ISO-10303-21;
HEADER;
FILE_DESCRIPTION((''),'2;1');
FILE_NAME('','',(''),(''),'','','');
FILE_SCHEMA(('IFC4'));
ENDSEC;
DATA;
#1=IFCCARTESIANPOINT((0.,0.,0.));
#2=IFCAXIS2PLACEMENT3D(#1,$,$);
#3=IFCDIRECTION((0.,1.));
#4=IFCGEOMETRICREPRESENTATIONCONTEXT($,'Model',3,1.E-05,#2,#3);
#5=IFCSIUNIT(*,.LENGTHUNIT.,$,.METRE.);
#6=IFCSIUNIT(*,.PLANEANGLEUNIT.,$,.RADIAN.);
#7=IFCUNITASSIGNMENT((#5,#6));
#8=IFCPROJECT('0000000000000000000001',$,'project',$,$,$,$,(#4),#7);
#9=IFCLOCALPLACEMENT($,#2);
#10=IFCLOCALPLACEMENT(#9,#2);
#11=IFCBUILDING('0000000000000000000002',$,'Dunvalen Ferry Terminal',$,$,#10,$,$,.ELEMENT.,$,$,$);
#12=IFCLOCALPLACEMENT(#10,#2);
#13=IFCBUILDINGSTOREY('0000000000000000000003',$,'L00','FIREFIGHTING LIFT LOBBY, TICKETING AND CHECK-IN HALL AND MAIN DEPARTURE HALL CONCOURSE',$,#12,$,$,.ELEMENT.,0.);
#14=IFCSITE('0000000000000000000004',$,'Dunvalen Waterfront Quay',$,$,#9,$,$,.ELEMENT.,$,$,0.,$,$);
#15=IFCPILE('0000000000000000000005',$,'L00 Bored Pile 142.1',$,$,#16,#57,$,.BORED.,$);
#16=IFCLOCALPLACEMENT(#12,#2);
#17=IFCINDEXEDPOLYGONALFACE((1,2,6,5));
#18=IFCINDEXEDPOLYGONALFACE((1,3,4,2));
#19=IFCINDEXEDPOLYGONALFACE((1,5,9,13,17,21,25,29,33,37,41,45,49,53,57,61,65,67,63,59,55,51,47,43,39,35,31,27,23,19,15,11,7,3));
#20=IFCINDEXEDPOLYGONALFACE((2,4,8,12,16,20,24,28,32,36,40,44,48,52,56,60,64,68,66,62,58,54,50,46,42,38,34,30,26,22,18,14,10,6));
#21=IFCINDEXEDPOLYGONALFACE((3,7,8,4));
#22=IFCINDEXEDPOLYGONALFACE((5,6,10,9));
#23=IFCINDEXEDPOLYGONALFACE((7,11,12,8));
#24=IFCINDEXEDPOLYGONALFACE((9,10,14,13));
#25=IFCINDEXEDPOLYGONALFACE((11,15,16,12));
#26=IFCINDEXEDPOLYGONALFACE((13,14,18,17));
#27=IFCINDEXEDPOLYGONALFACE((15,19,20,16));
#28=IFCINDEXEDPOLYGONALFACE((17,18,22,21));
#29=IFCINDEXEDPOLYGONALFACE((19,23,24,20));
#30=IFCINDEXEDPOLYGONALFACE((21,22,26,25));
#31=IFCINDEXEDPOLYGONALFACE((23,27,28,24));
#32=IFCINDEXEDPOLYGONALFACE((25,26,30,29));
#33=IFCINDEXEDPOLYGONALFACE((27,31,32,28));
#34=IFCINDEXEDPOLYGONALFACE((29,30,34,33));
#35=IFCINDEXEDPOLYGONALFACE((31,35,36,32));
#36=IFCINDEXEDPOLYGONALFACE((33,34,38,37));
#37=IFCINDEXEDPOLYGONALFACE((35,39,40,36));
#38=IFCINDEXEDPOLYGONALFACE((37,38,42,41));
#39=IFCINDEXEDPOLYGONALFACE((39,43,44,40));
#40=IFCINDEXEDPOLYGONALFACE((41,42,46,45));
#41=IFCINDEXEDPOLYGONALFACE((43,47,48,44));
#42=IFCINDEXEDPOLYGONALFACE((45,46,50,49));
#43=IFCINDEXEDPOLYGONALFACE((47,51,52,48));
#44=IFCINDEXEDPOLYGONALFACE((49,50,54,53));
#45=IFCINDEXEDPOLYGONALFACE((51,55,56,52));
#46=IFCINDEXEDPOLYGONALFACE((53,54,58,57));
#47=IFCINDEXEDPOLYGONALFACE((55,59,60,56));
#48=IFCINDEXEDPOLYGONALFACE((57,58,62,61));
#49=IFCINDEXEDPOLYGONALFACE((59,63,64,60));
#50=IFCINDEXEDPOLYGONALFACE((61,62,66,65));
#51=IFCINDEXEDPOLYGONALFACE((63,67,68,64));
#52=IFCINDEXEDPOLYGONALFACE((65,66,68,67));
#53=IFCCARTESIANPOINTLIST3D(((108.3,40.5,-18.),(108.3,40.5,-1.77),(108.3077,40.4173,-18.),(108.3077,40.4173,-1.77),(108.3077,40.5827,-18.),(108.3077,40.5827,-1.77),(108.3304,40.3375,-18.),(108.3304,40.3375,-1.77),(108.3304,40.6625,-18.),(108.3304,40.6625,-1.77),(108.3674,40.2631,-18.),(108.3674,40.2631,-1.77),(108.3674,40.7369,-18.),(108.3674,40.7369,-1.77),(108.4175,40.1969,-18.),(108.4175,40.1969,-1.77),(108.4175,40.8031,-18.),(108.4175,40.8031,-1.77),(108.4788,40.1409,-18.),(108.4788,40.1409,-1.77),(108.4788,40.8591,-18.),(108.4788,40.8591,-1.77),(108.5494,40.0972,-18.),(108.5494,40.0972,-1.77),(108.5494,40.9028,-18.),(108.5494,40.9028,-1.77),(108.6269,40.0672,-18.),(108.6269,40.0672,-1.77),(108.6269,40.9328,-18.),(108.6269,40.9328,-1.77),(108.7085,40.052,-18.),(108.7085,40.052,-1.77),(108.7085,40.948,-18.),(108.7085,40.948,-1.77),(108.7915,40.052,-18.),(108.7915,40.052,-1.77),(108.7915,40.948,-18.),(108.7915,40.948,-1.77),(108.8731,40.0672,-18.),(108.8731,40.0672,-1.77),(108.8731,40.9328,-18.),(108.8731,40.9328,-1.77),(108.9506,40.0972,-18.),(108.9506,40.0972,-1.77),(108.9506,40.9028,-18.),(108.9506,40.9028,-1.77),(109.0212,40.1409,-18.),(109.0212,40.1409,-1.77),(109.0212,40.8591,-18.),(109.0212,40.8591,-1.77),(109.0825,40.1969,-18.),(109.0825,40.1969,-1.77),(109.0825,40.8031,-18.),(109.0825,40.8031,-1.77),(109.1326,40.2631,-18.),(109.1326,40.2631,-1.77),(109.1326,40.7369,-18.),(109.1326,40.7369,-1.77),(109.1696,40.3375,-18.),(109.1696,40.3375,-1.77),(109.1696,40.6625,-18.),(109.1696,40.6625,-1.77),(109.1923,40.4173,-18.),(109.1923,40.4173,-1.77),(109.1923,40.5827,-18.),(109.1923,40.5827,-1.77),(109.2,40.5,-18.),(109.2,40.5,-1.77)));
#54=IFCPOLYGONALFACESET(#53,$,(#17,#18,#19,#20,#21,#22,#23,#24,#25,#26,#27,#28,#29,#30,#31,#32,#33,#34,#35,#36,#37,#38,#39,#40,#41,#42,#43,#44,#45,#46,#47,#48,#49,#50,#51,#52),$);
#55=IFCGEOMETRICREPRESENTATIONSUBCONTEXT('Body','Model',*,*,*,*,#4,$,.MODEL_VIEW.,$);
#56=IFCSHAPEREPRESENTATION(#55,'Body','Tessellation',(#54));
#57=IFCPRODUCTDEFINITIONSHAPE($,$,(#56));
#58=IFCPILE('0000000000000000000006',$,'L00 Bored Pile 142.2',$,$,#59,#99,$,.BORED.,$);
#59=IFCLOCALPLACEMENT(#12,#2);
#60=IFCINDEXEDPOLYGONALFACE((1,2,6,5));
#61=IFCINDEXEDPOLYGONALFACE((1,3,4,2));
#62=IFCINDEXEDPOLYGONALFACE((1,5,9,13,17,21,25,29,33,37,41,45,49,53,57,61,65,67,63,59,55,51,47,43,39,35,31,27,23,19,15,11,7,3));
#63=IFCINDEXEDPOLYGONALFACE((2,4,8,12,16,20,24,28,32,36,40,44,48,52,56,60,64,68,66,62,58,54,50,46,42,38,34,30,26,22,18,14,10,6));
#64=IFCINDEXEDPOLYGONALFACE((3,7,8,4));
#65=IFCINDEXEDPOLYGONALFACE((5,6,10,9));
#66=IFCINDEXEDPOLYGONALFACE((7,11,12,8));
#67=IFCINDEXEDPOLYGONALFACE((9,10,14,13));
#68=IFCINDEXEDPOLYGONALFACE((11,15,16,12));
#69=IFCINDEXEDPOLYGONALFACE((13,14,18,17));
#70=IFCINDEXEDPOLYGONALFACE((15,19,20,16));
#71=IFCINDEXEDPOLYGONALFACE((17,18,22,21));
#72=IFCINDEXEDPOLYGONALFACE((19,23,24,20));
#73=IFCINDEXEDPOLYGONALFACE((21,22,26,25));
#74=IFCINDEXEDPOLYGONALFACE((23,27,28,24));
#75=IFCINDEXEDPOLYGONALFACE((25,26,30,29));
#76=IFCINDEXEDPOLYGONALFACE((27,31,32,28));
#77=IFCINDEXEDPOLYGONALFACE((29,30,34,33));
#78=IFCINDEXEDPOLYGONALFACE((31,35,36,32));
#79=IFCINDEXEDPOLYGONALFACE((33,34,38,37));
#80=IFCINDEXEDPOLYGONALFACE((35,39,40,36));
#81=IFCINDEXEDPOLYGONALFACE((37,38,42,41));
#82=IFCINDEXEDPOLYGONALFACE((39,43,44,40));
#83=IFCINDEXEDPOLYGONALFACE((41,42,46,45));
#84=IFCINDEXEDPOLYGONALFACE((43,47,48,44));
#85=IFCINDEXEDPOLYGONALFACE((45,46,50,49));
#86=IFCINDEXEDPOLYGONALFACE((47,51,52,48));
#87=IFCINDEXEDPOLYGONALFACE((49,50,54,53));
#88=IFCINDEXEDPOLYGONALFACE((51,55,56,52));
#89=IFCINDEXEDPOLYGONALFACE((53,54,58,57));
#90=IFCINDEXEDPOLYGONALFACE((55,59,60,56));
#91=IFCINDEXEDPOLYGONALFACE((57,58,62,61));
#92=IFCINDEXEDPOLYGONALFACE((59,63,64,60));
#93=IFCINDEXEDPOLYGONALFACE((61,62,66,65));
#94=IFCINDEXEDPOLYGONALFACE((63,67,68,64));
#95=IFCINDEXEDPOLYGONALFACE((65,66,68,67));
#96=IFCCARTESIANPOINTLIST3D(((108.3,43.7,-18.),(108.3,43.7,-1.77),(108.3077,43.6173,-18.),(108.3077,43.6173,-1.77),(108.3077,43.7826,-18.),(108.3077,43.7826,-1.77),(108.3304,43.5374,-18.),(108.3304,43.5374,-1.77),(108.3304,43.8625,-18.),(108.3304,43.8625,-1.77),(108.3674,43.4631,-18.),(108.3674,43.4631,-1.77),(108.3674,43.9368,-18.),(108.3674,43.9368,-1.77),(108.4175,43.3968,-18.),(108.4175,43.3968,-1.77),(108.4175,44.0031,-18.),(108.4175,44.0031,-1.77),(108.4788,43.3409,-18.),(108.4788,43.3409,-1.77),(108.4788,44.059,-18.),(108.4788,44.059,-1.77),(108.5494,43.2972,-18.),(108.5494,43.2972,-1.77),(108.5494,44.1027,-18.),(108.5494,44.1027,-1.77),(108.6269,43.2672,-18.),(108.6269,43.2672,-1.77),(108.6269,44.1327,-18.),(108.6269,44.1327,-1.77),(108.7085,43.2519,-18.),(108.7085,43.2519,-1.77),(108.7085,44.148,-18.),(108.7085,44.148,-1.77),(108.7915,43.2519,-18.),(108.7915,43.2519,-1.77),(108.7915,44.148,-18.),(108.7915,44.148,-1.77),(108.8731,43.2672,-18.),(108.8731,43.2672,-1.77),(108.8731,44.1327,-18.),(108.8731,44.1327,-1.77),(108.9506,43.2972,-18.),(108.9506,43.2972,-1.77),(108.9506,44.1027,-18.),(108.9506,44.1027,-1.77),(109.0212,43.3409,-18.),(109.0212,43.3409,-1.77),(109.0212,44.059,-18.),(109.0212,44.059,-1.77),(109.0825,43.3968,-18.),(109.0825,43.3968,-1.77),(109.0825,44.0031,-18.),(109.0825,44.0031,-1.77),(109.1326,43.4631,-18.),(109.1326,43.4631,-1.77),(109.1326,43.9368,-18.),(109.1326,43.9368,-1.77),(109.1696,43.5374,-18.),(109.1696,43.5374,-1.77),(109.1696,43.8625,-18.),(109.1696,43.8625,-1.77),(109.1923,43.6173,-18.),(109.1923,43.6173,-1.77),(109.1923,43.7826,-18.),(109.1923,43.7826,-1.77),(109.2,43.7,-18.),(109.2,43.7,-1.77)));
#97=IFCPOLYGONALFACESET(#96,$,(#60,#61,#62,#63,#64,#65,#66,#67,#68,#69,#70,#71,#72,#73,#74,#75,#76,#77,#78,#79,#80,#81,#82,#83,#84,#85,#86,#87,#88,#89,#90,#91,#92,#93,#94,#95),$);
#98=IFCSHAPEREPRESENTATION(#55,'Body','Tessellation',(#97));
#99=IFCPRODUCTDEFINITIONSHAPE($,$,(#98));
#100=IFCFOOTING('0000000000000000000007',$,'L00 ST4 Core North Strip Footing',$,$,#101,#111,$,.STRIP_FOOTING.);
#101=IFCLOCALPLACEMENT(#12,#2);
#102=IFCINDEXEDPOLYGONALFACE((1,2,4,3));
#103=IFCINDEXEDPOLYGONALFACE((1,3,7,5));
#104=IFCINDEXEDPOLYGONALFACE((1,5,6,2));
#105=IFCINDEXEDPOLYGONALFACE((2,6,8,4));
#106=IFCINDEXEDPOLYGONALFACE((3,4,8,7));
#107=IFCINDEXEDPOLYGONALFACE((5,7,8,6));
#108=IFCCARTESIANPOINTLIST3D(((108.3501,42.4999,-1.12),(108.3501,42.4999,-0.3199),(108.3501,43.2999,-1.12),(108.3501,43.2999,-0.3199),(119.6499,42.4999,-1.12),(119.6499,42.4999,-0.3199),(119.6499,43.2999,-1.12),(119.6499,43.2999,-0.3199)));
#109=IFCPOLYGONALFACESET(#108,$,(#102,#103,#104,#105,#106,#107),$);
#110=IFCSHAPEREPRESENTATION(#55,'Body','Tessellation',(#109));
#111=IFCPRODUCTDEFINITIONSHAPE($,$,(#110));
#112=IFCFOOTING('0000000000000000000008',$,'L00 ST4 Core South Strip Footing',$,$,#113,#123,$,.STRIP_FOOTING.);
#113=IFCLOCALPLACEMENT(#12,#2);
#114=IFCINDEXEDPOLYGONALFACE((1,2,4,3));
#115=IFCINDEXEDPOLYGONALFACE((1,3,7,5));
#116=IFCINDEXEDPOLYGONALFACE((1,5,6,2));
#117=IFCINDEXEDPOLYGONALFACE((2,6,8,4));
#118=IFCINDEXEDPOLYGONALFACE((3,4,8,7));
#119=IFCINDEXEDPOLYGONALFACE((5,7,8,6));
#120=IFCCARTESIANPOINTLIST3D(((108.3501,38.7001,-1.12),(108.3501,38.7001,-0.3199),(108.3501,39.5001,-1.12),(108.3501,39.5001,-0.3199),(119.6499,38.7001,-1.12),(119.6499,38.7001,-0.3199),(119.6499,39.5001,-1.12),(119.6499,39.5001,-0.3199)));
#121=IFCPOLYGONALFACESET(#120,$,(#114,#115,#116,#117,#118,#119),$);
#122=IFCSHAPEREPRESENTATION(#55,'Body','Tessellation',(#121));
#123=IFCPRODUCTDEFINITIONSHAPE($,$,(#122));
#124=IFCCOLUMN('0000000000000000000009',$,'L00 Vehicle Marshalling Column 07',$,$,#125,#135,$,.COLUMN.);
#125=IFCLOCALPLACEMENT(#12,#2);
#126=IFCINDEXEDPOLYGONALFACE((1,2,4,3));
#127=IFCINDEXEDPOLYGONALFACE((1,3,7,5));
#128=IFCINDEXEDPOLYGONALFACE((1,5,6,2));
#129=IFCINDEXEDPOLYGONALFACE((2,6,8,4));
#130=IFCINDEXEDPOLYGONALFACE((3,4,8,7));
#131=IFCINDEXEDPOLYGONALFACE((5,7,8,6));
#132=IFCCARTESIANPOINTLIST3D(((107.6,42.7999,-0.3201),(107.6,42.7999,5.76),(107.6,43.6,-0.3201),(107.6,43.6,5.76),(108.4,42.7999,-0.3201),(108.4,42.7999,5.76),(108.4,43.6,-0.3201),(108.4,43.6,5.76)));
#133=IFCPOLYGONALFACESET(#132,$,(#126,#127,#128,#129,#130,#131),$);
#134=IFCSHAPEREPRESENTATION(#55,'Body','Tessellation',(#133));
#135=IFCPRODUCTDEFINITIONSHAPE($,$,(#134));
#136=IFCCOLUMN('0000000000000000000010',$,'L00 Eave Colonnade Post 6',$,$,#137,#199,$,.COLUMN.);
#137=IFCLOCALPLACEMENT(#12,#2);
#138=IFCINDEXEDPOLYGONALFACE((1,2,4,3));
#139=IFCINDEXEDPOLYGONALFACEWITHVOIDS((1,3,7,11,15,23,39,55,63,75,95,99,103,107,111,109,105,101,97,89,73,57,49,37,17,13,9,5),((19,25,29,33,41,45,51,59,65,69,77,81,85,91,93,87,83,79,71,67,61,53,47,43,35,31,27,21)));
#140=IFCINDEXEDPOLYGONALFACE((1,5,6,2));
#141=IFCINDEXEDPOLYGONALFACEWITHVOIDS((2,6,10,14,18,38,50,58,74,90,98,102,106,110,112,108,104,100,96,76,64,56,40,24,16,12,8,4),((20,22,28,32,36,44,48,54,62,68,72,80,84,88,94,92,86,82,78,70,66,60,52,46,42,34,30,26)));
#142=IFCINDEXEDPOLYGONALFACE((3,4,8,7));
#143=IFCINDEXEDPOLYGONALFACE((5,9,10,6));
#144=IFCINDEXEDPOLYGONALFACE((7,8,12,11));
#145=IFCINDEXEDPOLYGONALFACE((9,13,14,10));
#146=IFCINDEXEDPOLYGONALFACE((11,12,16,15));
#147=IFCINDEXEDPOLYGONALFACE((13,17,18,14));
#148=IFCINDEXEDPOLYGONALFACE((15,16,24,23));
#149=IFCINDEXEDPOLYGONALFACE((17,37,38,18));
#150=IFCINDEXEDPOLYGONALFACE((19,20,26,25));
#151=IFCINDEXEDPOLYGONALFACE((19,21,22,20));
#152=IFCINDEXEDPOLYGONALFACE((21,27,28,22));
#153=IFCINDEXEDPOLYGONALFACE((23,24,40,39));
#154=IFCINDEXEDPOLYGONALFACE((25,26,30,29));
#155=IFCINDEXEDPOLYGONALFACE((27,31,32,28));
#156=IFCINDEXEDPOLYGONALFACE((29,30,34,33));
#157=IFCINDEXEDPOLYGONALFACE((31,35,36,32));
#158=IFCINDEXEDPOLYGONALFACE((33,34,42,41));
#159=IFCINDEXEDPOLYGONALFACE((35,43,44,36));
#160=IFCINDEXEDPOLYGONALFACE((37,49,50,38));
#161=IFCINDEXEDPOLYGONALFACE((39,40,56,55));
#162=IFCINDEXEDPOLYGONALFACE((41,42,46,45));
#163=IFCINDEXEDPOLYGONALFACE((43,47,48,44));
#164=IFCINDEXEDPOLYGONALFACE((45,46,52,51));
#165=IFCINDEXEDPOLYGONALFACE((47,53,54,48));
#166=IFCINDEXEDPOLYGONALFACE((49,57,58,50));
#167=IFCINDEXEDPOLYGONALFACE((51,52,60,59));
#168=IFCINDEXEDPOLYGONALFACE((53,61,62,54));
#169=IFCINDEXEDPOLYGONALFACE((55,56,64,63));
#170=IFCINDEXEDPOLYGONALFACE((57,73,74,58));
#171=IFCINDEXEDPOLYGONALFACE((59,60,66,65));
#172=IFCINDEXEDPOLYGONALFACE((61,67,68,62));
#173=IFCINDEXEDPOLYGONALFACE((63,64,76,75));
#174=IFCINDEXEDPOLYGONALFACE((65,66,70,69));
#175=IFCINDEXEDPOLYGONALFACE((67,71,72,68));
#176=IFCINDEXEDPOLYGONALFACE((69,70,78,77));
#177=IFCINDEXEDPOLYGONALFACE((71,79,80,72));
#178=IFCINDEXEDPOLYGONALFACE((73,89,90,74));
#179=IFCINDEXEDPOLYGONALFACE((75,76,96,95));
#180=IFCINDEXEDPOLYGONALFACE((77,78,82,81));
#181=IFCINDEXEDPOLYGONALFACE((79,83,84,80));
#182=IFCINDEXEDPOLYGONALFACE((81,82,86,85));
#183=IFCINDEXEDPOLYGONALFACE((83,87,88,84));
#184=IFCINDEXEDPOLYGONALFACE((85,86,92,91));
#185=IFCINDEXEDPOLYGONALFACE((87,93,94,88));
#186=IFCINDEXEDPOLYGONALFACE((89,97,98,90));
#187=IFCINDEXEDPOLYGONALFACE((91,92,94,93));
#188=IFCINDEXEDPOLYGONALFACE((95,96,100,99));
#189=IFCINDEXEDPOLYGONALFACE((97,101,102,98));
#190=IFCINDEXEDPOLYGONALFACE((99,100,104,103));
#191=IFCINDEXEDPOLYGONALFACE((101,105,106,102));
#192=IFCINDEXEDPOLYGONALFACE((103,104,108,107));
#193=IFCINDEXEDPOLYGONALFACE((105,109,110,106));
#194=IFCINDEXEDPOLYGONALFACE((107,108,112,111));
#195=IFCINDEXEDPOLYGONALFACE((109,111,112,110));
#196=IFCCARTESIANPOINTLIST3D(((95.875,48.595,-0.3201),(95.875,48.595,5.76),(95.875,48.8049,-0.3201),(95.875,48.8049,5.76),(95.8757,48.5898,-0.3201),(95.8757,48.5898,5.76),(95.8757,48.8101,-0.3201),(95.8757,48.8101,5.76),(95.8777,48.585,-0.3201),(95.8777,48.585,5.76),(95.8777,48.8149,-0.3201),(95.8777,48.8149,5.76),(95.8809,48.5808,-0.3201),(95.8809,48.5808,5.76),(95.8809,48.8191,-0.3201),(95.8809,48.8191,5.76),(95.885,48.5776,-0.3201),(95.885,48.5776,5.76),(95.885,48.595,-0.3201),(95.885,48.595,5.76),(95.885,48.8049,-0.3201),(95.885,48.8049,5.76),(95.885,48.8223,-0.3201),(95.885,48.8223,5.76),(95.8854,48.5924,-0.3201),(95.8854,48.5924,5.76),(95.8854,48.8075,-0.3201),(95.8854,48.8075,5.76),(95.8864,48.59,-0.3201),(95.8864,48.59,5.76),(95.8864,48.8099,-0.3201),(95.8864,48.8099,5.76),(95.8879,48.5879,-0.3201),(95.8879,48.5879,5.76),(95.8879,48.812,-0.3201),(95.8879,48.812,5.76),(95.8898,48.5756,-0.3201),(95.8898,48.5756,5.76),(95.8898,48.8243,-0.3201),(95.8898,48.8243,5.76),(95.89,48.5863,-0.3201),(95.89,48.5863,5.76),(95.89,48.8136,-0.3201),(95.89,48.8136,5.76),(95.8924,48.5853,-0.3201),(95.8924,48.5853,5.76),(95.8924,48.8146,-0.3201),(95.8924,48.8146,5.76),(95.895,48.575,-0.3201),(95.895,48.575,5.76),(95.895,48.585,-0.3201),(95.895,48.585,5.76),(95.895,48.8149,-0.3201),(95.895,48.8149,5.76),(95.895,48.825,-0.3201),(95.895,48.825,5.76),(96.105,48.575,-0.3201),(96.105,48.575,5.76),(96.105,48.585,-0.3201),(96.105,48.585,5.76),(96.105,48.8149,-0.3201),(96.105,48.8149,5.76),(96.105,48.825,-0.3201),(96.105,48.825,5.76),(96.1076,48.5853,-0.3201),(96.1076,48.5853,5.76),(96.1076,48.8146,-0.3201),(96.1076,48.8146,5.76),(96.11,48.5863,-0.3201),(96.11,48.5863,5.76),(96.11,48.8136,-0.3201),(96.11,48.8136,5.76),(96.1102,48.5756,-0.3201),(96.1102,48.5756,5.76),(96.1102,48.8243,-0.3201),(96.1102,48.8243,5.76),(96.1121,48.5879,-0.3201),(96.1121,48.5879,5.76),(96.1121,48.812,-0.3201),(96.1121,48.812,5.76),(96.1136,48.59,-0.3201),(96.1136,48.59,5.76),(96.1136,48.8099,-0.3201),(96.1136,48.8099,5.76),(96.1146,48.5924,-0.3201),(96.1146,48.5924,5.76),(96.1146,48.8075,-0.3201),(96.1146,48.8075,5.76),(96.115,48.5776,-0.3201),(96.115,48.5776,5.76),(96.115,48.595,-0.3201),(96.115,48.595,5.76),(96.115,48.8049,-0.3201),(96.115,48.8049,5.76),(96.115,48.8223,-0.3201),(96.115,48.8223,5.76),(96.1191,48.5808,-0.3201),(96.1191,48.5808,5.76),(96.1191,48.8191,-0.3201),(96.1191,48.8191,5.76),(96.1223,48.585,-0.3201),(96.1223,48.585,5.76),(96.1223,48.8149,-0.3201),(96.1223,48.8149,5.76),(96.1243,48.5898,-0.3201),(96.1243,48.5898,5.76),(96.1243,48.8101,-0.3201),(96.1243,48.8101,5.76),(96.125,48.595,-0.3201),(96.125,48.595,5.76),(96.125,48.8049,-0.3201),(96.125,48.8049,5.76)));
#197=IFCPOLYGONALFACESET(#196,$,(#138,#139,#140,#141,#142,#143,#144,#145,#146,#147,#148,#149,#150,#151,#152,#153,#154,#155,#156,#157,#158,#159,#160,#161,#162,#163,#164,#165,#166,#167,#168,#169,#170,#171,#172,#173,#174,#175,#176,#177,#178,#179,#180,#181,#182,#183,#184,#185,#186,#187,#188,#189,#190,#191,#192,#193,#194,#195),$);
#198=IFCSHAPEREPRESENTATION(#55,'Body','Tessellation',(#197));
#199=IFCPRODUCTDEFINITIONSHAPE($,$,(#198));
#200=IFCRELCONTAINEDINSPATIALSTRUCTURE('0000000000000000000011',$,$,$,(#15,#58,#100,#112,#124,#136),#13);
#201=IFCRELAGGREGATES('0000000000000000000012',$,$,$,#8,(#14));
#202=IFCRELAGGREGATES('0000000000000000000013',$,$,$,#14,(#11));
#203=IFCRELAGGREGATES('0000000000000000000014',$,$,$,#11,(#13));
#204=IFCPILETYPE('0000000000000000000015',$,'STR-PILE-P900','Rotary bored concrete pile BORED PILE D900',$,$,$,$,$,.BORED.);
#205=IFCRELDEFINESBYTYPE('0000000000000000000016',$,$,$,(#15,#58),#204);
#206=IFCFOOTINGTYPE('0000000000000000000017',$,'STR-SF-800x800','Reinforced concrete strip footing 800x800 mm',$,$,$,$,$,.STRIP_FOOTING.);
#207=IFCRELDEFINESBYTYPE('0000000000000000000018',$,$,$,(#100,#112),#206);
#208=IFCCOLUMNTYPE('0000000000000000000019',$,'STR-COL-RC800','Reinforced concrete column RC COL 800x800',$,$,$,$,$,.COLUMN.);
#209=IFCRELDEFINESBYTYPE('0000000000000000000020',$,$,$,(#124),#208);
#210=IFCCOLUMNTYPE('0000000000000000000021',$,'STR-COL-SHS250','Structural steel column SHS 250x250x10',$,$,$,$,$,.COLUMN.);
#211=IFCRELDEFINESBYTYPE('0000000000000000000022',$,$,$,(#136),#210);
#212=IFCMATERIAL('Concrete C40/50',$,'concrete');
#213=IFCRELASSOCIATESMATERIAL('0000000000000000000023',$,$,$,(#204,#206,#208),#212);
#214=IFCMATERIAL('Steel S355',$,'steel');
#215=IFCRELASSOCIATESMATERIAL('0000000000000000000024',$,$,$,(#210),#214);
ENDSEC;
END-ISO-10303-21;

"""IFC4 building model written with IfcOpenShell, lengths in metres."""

from ifc_helpers import new_model, si_unit, direction, frame, origin, origin_2d, place, context, subcontext, project, spatial, rectangle, hollow_rectangle, circle, extrude, material, material_profile, profile_set, type_object, element, save


model = new_model("IFC4")

# Units and contexts
model_context = context("Model", 3, precision=1e-05, world=origin(), true_north=direction((0.0, 1.0)))
body_context = subcontext(model_context, "Body", "Model", "MODEL_VIEW")
ifc_project = project(units=[si_unit("LENGTHUNIT", "METRE"), si_unit("PLANEANGLEUNIT", "RADIAN")], contexts=[model_context])

# Site, building, storey
site_placement = place(None, origin())
site = spatial("IfcSite", under=ifc_project, at=site_placement, Name="Dunvalen Waterfront Quay", CompositionType="ELEMENT", RefElevation=0.0)
building_placement = place(site_placement, origin())
building = spatial("IfcBuilding", under=site, at=building_placement, Name="Dunvalen Ferry Terminal", CompositionType="ELEMENT")
storey_placement = place(building_placement, origin())
storey = spatial("IfcBuildingStorey", under=building, at=storey_placement, Name="L00", Description="FIREFIGHTING LIFT LOBBY, TICKETING AND CHECK-IN HALL AND MAIN DEPARTURE HALL CONCOURSE", CompositionType="ELEMENT", Elevation=0.0)

# Shared definitions
ifc_material_1 = material(Name="Concrete C40/50", Category="concrete")

# Piles
ifc_material_profile_1 = material_profile(ifc_material_1, circle(Radius=0.45, at=origin_2d()), Name="Concrete C40/50")
ifc_profile_set_1 = profile_set([ifc_material_profile_1], Name="Concrete C40/50")
pile_type_1 = type_object("IfcPileType", Name="STR-PILE-P900", Description="Rotary bored concrete pile BORED PILE D900", PredefinedType="BORED", material=ifc_profile_set_1)
for number, where, z_axis, x_axis, name in (
    (1, (108.75, 40.5, -1.77), (0.0, 0.0, -1.0), (1.0, 0.0, 0.0), "L00 Bored Pile 142.1"),
    (2, (108.75, 43.7, -1.77), (0.0, 0.0, -1.0), (1.0, 0.0, 0.0), "L00 Bored Pile 142.2"),
):
    element("IfcPile", number, at=place(storey_placement, frame(where, z_axis=z_axis, x_axis=x_axis)), inside=storey, type_object=pile_type_1, Name=name, PredefinedType="BORED", context=body_context, shape_type="SweptSolid", body=[
        extrude(circle(Radius=0.45, at=origin_2d()), origin(), (0.0, 0.0, 1.0), 16.23),
    ])

# Footings
ifc_material_profile_2 = material_profile(ifc_material_1, rectangle(XDim=0.8, YDim=0.8, at=origin_2d()), Name="Concrete C40/50")
ifc_profile_set_2 = profile_set([ifc_material_profile_2], Name="Concrete C40/50")
footing_type_1 = type_object("IfcFootingType", Name="STR-SF-800x800", Description="Reinforced concrete strip footing 800x800 mm", PredefinedType="STRIP_FOOTING", material=ifc_profile_set_2)
for number, where, z_axis, x_axis, name in (
    (3, (108.3501, 42.8999, -0.72), (1.0, 0.0, 0.0), (0.0, 1.0, 0.0), "L00 ST4 Core North Strip Footing"),
    (4, (108.3501, 39.1001, -0.72), (1.0, 0.0, 0.0), (0.0, 1.0, 0.0), "L00 ST4 Core South Strip Footing"),
):
    element("IfcFooting", number, at=place(storey_placement, frame(where, z_axis=z_axis, x_axis=x_axis)), inside=storey, type_object=footing_type_1, Name=name, PredefinedType="STRIP_FOOTING", context=body_context, shape_type="SweptSolid", body=[
        extrude(rectangle(XDim=0.8, YDim=0.8, at=origin_2d()), origin(), (0.0, 0.0, 1.0), 11.2998),
    ])

# Columns
ifc_material_profile_3 = material_profile(ifc_material_1, rectangle(XDim=0.8, YDim=0.8, at=origin_2d()), Name="Concrete C40/50")
ifc_profile_set_3 = profile_set([ifc_material_profile_3], Name="Concrete C40/50")
column_type_1 = type_object("IfcColumnType", Name="STR-COL-RC800", Description="Reinforced concrete column RC COL 800x800", PredefinedType="COLUMN", material=ifc_profile_set_3)
column_1_placement = place(storey_placement, frame((108.0, 43.2, -0.3201), z_axis=(0.0, 0.0, 1.0), x_axis=(1.0, 0.0, 0.0)))
element("IfcColumn", 5, at=column_1_placement, inside=storey, type_object=column_type_1, Name="L00 Vehicle Marshalling Column 07", PredefinedType="COLUMN", context=body_context, shape_type="SweptSolid", body=[
    extrude(rectangle(XDim=0.8, YDim=0.8, at=origin_2d()), origin(), (0.0, 0.0, 1.0), 6.0801),
])
ifc_material_2 = material(Name="Steel S355", Category="steel")
ifc_material_profile_4 = material_profile(ifc_material_2, hollow_rectangle(XDim=0.25, YDim=0.25, WallThickness=0.01, InnerFilletRadius=0.01, OuterFilletRadius=0.02, at=origin_2d()), Name="Steel S355")
ifc_profile_set_4 = profile_set([ifc_material_profile_4], Name="Steel S355")
column_type_2 = type_object("IfcColumnType", Name="STR-COL-SHS250", Description="Structural steel column SHS 250x250x10", PredefinedType="COLUMN", material=ifc_profile_set_4)
column_2_placement = place(storey_placement, frame((96.0, 48.7, -0.3201), z_axis=(0.0, 0.0, 1.0), x_axis=(1.0, 0.0, 0.0)))
element("IfcColumn", 6, at=column_2_placement, inside=storey, type_object=column_type_2, Name="L00 Eave Colonnade Post 6", PredefinedType="COLUMN", context=body_context, shape_type="SweptSolid", body=[
    extrude(hollow_rectangle(XDim=0.25, YDim=0.25, WallThickness=0.01, InnerFilletRadius=0.01, OuterFilletRadius=0.02, at=origin_2d()), origin(), (0.0, 0.0, 1.0), 6.0801),
])

save(model, "model.ifc")
